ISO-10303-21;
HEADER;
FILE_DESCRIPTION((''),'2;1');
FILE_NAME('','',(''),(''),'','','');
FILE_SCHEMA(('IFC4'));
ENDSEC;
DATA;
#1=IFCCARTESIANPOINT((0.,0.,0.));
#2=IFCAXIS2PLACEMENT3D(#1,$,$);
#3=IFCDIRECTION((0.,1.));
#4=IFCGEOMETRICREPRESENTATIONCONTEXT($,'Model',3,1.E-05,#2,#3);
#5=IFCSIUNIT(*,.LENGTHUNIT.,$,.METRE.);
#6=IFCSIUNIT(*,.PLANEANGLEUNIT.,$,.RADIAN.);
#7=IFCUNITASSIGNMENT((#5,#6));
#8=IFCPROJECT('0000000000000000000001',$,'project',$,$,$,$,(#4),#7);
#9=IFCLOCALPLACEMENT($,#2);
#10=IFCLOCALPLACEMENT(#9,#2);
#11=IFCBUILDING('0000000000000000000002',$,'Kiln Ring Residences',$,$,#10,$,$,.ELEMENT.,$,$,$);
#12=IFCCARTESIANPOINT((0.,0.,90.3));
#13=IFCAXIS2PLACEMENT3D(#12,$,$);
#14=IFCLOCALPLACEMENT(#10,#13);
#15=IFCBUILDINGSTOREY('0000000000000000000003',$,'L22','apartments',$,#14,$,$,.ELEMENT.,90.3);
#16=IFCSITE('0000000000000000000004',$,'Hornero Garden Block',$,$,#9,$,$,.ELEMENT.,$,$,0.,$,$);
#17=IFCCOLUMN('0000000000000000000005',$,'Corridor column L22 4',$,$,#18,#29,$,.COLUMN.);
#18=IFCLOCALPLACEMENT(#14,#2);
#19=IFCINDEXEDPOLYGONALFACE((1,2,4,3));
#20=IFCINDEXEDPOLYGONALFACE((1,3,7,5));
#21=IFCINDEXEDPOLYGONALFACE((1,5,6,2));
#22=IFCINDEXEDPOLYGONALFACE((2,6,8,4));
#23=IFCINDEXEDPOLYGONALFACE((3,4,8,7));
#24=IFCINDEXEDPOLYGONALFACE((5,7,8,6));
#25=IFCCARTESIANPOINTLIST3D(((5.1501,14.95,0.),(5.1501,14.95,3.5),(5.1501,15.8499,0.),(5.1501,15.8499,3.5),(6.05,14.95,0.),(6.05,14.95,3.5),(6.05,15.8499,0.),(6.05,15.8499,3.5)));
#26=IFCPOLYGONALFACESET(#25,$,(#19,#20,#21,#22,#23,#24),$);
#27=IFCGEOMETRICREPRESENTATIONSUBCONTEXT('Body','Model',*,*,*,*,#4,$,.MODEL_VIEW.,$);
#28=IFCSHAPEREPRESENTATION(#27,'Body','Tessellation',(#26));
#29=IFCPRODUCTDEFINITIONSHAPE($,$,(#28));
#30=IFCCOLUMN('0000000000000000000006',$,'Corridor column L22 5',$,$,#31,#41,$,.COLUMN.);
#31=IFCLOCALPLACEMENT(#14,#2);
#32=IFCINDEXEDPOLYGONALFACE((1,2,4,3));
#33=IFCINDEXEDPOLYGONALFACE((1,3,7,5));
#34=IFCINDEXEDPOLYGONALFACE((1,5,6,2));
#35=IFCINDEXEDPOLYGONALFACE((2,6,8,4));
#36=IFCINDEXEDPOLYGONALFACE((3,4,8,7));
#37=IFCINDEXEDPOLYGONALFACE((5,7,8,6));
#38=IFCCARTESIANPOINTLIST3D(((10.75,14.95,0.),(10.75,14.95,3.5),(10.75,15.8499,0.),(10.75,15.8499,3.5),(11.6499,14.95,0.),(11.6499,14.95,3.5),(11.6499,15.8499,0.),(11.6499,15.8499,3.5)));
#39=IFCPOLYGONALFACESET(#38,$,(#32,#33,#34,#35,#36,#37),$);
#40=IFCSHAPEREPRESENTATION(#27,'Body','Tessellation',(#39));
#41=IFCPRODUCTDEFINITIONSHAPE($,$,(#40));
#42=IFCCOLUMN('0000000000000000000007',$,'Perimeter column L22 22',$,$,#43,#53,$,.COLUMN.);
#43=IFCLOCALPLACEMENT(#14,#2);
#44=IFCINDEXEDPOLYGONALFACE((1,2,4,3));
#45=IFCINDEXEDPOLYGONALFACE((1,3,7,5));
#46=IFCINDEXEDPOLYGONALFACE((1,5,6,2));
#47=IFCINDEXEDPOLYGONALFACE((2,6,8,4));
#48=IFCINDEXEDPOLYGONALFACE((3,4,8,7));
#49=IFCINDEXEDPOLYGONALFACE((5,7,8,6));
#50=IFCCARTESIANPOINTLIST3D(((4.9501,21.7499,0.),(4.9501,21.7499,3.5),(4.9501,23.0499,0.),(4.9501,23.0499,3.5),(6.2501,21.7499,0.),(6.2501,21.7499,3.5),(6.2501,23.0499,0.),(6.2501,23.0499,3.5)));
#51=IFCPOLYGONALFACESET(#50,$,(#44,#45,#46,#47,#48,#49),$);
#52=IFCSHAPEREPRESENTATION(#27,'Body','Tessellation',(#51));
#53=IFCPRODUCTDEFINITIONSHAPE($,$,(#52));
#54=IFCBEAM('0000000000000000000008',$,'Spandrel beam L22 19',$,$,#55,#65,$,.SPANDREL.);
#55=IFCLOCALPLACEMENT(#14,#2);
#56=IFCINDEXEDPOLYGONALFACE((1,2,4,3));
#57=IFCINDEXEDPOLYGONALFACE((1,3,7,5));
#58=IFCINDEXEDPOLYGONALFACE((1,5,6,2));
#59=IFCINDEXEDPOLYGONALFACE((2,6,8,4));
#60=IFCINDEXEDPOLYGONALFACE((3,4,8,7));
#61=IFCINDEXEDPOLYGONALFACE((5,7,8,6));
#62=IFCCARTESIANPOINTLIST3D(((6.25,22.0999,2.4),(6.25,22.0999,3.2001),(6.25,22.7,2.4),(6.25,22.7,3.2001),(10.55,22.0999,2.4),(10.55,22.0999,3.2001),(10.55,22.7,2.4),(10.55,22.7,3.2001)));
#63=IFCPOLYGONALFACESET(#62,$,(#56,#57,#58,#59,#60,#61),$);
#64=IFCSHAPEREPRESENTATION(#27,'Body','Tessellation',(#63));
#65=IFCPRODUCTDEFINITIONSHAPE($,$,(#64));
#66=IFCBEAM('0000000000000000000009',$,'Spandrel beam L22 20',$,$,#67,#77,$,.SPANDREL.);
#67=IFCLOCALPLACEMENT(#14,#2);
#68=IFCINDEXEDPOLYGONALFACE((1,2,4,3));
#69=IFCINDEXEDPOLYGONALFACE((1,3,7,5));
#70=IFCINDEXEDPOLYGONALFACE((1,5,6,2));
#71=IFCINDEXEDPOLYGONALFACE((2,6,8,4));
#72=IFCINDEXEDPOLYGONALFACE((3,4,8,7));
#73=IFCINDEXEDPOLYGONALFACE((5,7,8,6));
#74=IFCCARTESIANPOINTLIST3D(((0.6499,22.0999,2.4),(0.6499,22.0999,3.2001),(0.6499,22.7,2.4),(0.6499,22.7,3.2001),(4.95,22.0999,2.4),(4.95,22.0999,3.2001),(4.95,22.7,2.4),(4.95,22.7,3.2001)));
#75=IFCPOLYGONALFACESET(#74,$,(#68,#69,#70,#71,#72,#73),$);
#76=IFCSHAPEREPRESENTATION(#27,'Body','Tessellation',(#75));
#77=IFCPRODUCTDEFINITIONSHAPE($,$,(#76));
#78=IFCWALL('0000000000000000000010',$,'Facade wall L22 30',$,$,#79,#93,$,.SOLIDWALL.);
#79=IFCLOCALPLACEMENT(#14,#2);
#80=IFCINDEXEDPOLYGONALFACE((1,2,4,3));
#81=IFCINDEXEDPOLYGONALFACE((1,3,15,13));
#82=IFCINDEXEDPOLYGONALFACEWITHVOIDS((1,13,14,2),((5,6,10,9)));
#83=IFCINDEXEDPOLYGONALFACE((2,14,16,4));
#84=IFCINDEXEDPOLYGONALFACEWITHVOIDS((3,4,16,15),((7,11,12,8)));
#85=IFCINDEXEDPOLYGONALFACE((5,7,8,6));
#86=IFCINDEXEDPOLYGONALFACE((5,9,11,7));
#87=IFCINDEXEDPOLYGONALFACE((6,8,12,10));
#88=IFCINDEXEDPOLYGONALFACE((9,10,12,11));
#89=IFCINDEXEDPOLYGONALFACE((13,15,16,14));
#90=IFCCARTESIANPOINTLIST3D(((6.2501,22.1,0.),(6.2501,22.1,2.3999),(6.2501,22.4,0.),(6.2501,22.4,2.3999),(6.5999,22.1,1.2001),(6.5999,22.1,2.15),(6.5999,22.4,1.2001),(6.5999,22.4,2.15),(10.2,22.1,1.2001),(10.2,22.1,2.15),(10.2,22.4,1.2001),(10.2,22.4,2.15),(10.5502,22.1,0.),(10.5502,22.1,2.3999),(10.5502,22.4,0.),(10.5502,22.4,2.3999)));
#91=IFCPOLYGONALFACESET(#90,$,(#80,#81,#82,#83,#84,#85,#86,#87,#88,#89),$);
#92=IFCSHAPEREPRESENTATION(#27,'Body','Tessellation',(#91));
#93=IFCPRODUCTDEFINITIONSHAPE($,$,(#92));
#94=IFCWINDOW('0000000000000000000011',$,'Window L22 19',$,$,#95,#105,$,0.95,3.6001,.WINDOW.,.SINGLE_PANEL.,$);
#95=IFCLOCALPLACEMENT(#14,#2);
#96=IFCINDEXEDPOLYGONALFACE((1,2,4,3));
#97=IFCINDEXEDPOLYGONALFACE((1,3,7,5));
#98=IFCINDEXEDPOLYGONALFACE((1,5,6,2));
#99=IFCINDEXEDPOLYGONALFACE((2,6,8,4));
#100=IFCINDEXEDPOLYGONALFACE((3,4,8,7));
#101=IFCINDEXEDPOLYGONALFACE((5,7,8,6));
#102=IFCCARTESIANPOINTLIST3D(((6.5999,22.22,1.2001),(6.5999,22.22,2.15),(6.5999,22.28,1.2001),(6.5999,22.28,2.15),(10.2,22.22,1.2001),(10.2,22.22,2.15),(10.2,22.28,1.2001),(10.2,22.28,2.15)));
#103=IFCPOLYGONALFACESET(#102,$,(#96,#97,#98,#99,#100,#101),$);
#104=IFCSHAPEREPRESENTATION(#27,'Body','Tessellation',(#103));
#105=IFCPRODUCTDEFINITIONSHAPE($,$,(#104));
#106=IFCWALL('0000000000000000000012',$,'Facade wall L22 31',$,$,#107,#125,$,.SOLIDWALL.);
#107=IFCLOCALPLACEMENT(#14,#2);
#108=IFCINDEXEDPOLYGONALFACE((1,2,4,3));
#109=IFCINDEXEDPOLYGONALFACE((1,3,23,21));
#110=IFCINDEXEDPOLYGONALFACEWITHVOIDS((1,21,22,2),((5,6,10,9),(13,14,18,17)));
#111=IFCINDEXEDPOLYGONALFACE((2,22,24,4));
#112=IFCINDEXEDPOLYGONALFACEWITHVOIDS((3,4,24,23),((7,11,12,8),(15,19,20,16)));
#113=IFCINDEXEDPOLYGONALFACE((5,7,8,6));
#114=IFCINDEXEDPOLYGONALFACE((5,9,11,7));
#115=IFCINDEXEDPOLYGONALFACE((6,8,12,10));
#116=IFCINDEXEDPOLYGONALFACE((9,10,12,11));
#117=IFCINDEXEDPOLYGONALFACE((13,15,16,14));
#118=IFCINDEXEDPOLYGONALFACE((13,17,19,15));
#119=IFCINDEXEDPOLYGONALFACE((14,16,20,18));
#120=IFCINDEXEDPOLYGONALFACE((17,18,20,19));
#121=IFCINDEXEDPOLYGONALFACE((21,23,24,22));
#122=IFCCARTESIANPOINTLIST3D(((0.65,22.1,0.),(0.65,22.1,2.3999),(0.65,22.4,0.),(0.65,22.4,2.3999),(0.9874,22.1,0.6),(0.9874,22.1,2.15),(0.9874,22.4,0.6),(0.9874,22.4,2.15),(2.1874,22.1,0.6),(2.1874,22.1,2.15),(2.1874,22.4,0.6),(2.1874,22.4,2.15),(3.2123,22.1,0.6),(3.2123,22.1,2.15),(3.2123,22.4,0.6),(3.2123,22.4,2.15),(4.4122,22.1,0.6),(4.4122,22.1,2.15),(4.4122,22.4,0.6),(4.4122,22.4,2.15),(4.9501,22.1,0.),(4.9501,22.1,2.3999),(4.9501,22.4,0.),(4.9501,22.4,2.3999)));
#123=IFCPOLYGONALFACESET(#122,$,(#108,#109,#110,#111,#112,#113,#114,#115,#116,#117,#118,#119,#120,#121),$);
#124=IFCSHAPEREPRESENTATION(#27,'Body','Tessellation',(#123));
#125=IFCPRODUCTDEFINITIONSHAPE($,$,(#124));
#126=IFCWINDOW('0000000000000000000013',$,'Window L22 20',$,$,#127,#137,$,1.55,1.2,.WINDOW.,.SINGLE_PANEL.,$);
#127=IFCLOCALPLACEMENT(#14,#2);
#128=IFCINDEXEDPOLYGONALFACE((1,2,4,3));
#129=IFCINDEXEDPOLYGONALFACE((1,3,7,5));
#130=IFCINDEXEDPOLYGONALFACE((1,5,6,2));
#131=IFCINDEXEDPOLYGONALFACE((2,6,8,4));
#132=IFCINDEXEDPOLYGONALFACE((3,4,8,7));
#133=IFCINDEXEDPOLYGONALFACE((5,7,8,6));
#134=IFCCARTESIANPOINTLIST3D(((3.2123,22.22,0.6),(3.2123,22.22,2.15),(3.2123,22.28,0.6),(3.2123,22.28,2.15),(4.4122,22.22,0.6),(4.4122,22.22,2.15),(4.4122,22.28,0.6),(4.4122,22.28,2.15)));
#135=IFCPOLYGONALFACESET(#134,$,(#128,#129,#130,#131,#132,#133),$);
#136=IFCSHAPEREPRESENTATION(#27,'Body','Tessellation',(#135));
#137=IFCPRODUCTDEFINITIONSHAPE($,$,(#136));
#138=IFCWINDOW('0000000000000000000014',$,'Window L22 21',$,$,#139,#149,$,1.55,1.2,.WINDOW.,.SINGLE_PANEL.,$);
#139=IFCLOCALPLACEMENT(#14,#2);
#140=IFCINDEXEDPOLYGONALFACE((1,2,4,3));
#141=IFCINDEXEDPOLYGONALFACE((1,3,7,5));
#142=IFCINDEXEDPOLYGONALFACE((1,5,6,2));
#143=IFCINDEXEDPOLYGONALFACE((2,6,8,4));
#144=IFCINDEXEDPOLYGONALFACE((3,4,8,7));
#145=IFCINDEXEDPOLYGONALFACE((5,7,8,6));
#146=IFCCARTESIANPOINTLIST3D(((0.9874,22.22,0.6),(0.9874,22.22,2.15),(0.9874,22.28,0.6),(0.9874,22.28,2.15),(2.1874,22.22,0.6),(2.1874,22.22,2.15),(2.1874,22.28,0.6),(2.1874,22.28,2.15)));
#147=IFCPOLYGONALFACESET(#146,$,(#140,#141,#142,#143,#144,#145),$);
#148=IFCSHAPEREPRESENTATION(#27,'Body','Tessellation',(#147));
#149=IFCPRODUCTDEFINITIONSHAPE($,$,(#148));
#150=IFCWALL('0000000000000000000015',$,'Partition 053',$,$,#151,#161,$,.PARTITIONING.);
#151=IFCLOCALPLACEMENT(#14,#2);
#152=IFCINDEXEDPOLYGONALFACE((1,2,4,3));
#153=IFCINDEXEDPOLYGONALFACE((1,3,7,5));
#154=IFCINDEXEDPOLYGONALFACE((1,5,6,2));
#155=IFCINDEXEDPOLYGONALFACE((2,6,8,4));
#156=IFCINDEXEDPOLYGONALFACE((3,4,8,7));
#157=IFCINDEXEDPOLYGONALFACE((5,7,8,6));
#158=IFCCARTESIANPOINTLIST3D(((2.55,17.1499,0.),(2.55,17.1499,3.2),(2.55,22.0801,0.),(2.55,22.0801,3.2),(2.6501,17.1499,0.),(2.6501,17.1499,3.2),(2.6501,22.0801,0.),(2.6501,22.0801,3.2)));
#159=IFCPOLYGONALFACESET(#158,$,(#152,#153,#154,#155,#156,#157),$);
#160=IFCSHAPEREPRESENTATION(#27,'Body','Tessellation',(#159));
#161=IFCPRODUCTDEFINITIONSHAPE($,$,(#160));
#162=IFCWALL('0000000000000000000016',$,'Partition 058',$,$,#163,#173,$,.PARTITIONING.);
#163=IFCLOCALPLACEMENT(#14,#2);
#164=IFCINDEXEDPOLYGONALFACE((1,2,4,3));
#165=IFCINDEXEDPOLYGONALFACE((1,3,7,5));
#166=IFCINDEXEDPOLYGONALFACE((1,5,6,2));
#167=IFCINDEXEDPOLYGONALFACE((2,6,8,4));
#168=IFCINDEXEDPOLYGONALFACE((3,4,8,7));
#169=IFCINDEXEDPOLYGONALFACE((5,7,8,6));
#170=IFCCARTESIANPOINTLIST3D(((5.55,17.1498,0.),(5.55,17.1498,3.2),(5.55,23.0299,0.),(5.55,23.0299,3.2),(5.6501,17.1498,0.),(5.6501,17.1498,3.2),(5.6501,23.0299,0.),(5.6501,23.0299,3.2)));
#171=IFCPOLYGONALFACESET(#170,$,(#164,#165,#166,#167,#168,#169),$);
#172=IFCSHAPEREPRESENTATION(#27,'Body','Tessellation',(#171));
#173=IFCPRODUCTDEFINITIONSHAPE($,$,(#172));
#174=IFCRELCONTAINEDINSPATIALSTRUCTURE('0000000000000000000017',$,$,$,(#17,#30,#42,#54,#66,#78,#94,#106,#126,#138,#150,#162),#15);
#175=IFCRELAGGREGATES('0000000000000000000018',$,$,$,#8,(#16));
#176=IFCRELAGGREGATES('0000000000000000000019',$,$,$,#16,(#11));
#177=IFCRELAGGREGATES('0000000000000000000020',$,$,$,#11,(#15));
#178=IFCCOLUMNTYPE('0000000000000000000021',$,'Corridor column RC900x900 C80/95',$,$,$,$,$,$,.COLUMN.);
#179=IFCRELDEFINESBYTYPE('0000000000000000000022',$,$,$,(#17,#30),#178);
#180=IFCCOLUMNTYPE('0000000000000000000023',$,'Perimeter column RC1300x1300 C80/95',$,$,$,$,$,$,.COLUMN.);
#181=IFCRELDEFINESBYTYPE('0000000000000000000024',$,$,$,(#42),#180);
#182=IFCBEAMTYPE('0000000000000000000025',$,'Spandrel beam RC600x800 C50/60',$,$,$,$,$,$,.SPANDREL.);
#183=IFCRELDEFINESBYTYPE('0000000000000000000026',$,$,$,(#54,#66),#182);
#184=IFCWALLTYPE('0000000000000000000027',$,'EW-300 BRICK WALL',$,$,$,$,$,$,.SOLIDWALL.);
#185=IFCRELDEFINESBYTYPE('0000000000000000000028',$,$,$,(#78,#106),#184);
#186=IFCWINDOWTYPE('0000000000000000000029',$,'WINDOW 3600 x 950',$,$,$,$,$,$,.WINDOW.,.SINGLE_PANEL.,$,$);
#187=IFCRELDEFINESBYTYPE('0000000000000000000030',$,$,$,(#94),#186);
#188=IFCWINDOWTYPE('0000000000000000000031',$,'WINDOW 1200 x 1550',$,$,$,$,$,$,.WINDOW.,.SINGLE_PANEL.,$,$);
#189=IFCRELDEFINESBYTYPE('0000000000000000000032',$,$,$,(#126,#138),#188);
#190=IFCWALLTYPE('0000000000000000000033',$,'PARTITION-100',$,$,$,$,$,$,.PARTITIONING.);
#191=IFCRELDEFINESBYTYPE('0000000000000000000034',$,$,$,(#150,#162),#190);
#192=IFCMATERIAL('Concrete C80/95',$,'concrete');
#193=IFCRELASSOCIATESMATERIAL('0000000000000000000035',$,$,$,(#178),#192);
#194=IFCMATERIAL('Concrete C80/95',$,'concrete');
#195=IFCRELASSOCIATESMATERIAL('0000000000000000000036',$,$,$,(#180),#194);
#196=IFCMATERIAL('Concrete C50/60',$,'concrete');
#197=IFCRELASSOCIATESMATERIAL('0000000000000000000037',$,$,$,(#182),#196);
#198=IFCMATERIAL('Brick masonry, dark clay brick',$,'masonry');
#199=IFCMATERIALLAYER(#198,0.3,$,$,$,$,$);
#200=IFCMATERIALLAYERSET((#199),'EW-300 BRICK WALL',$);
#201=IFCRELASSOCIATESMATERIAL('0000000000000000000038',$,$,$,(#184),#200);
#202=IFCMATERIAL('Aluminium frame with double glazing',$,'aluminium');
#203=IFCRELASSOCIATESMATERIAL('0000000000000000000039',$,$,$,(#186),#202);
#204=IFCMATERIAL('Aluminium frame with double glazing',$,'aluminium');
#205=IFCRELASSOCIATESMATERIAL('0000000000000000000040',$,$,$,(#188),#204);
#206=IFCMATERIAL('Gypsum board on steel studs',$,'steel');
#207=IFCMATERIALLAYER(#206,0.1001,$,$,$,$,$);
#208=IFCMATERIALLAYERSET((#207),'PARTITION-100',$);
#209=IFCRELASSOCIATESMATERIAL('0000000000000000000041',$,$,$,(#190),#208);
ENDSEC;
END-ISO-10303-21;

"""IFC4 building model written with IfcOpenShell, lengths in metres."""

from ifc_helpers import new_model, si_unit, direction, frame, frame_2d, origin, origin_2d, place, context, subcontext, project, spatial, rectangle, extrude, material, layer, layer_set, material_profile, profile_set, type_object, element, fill, save


model = new_model("IFC4")

# Units and contexts
model_context = context("Model", 3, precision=1e-05, world=origin(), true_north=direction((0.0, 1.0)))
body_context = subcontext(model_context, "Body", "Model", "MODEL_VIEW")
ifc_project = project(units=[si_unit("LENGTHUNIT", "METRE"), si_unit("PLANEANGLEUNIT", "RADIAN")], contexts=[model_context])

# Site, building, storey
site_placement = place(None, origin())
site = spatial("IfcSite", under=ifc_project, at=site_placement, Name="Hornero Garden Block", CompositionType="ELEMENT", RefElevation=0.0)
building_placement = place(site_placement, origin())
building = spatial("IfcBuilding", under=site, at=building_placement, Name="Kiln Ring Residences", CompositionType="ELEMENT")
storey_placement = place(building_placement, frame((0.0, 0.0, 90.3)))
storey = spatial("IfcBuildingStorey", under=building, at=storey_placement, Name="L22", Description="apartments", CompositionType="ELEMENT", Elevation=90.3)

# Columns
ifc_material_1 = material(Name="Concrete C80/95", Category="concrete")
ifc_material_profile_1 = material_profile(ifc_material_1, rectangle(XDim=0.8999, YDim=0.8999, at=origin_2d()), Name="RC900x900")
ifc_profile_set_1 = profile_set([ifc_material_profile_1], Name="Concrete C80/95")
column_type_1 = type_object("IfcColumnType", Name="Corridor column RC900x900 C80/95", PredefinedType="COLUMN", material=ifc_profile_set_1)
for number, where, z_axis, x_axis, name in (
    (1, (5.6001, 15.3999, 0.0), (0.0, 0.0, 1.0), (1.0, 0.0, 0.0), "Corridor column L22 4"),
    (2, (11.2, 15.3999, 0.0), (0.0, 0.0, 1.0), (1.0, 0.0, 0.0), "Corridor column L22 5"),
):
    element("IfcColumn", number, at=place(storey_placement, frame(where, z_axis=z_axis, x_axis=x_axis)), inside=storey, type_object=column_type_1, Name=name, PredefinedType="COLUMN", context=body_context, shape_type="SweptSolid", body=[
        extrude(rectangle(XDim=0.8999, YDim=0.8999, at=origin_2d()), origin(), (0.0, 0.0, 1.0), 3.5),
    ])
ifc_material_2 = material(Name="Concrete C80/95", Category="concrete")
ifc_material_profile_2 = material_profile(ifc_material_2, rectangle(XDim=1.3, YDim=1.3, at=origin_2d()), Name="RC1300x1300")
ifc_profile_set_2 = profile_set([ifc_material_profile_2], Name="Concrete C80/95")
column_type_2 = type_object("IfcColumnType", Name="Perimeter column RC1300x1300 C80/95", PredefinedType="COLUMN", material=ifc_profile_set_2)
column_placement = place(storey_placement, frame((5.6001, 22.3999, 0.0), z_axis=(0.0, 0.0, 1.0), x_axis=(1.0, 0.0, 0.0)))
element("IfcColumn", 3, at=column_placement, inside=storey, type_object=column_type_2, Name="Perimeter column L22 22", PredefinedType="COLUMN", context=body_context, shape_type="SweptSolid", body=[
    extrude(rectangle(XDim=1.3, YDim=1.3, at=origin_2d()), origin(), (0.0, 0.0, 1.0), 3.5),
])

# Beams
ifc_material_3 = material(Name="Concrete C50/60", Category="concrete")
ifc_material_profile_3 = material_profile(ifc_material_3, rectangle(XDim=0.6001, YDim=0.8, at=origin_2d()), Name="RC600x800")
ifc_profile_set_3 = profile_set([ifc_material_profile_3], Name="Concrete C50/60")
beam_type = type_object("IfcBeamType", Name="Spandrel beam RC600x800 C50/60", PredefinedType="SPANDREL", material=ifc_profile_set_3)
for number, where, z_axis, x_axis, name in (
    (4, (10.55, 22.3999, 2.8), (-1.0, 0.0, 0.0), (0.0, -1.0, 0.0), "Spandrel beam L22 19"),
    (5, (4.95, 22.3999, 2.8), (-1.0, 0.0, 0.0), (0.0, -1.0, 0.0), "Spandrel beam L22 20"),
):
    element("IfcBeam", number, at=place(storey_placement, frame(where, z_axis=z_axis, x_axis=x_axis)), inside=storey, type_object=beam_type, Name=name, PredefinedType="SPANDREL", context=body_context, shape_type="SweptSolid", body=[
        extrude(rectangle(XDim=0.6001, YDim=0.8, at=origin_2d()), origin(), (0.0, 0.0, 1.0), 4.3),
    ])

# Wall, opening, window
ifc_material_4 = material(Name="Brick masonry, dark clay brick", Category="masonry")
ifc_layer_1 = layer(ifc_material_4, 0.3)
ifc_layer_set_1 = layer_set([ifc_layer_1], Name="EW-300 BRICK WALL")
wall_type_1 = type_object("IfcWallType", Name="EW-300 BRICK WALL", PredefinedType="SOLIDWALL", material=ifc_layer_set_1)
wall_1_placement = place(storey_placement, frame((10.55, 22.25, 0.0), z_axis=(0.0, 0.0, 1.0), x_axis=(-1.0, 0.0, 0.0)))
wall_1 = element("IfcWall", 6, at=wall_1_placement, inside=storey, type_object=wall_type_1, Name="Facade wall L22 30", PredefinedType="SOLIDWALL", context=body_context, shape_type="SweptSolid", body=[
    extrude(rectangle(XDim=4.3, YDim=0.3, at=frame_2d((2.1499, 0.0))), origin(), (0.0, 0.0, 1.0), 2.3999),
])
opening_1_placement = place(wall_1_placement, frame((0.3501, 0.0, 1.2)))
opening_1 = element("IfcOpeningElement", 7, at=opening_1_placement, cuts=wall_1, PredefinedType="OPENING", context=body_context, shape_type="SweptSolid", body=[
    extrude(rectangle(XDim=3.6001, YDim=0.95, at=frame_2d((1.8, 0.4751))), frame((0.0, 0.1599, 0.0), z_axis=(0.0, -1.0, 0.0), x_axis=(1.0, 0.0, 0.0)), (0.0, 0.0, 1.0), 0.3201),
])
ifc_material_5 = material(Name="Aluminium frame with double glazing", Category="aluminium")
window_type_1 = type_object("IfcWindowType", Name="WINDOW 3600 x 950", PartitioningType="SINGLE_PANEL", PredefinedType="WINDOW", material=ifc_material_5)
window_1_placement = place(opening_1_placement, origin())
window_1 = element("IfcWindow", 8, at=window_1_placement, inside=storey, type_object=window_type_1, Name="Window L22 19", OverallHeight=0.95, OverallWidth=3.6001, PartitioningType="SINGLE_PANEL", PredefinedType="WINDOW", context=body_context, shape_type="SweptSolid", body=[
    extrude(rectangle(XDim=3.6001, YDim=0.95, at=frame_2d((1.8, 0.4751))), frame((0.0, 0.03, 0.0), z_axis=(0.0, -1.0, 0.0), x_axis=(1.0, 0.0, 0.0)), (0.0, 0.0, 1.0), 0.0601),
])
fill(opening_1, window_1)

# Wall, openings, windows
wall_2_placement = place(storey_placement, frame((4.95, 22.25, 0.0), z_axis=(0.0, 0.0, 1.0), x_axis=(-1.0, 0.0, 0.0)))
wall_2 = element("IfcWall", 9, at=wall_2_placement, inside=storey, type_object=wall_type_1, Name="Facade wall L22 31", PredefinedType="SOLIDWALL", context=body_context, shape_type="SweptSolid", body=[
    extrude(rectangle(XDim=4.3, YDim=0.3, at=frame_2d((2.1499, 0.0))), origin(), (0.0, 0.0, 1.0), 2.3999),
])
opening_2_placement = place(wall_2_placement, frame((0.5376, 0.0, 0.6001)))
opening_2 = element("IfcOpeningElement", 10, at=opening_2_placement, cuts=wall_2, PredefinedType="OPENING", context=body_context, shape_type="SweptSolid", body=[
    extrude(rectangle(XDim=1.2, YDim=1.55, at=frame_2d((0.6001, 0.7749))), frame((0.0, 0.1599, 0.0), z_axis=(0.0, -1.0, 0.0), x_axis=(1.0, 0.0, 0.0)), (0.0, 0.0, 1.0), 0.3201),
])
opening_3_placement = place(wall_2_placement, frame((2.7625, 0.0, 0.6001)))
opening_3 = element("IfcOpeningElement", 11, at=opening_3_placement, cuts=wall_2, PredefinedType="OPENING", context=body_context, shape_type="SweptSolid", body=[
    extrude(rectangle(XDim=1.2, YDim=1.55, at=frame_2d((0.6001, 0.7749))), frame((0.0, 0.1599, 0.0), z_axis=(0.0, -1.0, 0.0), x_axis=(1.0, 0.0, 0.0)), (0.0, 0.0, 1.0), 0.3201),
])
ifc_material_6 = material(Name="Aluminium frame with double glazing", Category="aluminium")
window_type_2 = type_object("IfcWindowType", Name="WINDOW 1200 x 1550", PartitioningType="SINGLE_PANEL", PredefinedType="WINDOW", material=ifc_material_6)
window_2_placement = place(opening_2_placement, origin())
window_2 = element("IfcWindow", 12, at=window_2_placement, inside=storey, type_object=window_type_2, Name="Window L22 20", OverallHeight=1.55, OverallWidth=1.2, PartitioningType="SINGLE_PANEL", PredefinedType="WINDOW", context=body_context, shape_type="SweptSolid", body=[
    extrude(rectangle(XDim=1.2, YDim=1.55, at=frame_2d((0.6001, 0.7749))), frame((0.0, 0.03, 0.0), z_axis=(0.0, -1.0, 0.0), x_axis=(1.0, 0.0, 0.0)), (0.0, 0.0, 1.0), 0.0601),
])
fill(opening_2, window_2)
window_3_placement = place(opening_3_placement, origin())
window_3 = element("IfcWindow", 13, at=window_3_placement, inside=storey, type_object=window_type_2, Name="Window L22 21", OverallHeight=1.55, OverallWidth=1.2, PartitioningType="SINGLE_PANEL", PredefinedType="WINDOW", context=body_context, shape_type="SweptSolid", body=[
    extrude(rectangle(XDim=1.2, YDim=1.55, at=frame_2d((0.6001, 0.7749))), frame((0.0, 0.03, 0.0), z_axis=(0.0, -1.0, 0.0), x_axis=(1.0, 0.0, 0.0)), (0.0, 0.0, 1.0), 0.0601),
])
fill(opening_3, window_3)

# Walls
ifc_material_7 = material(Name="Gypsum board on steel studs", Category="steel")
ifc_layer_2 = layer(ifc_material_7, 0.1001)
ifc_layer_set_2 = layer_set([ifc_layer_2], Name="PARTITION-100")
wall_type_2 = type_object("IfcWallType", Name="PARTITION-100", PredefinedType="PARTITIONING", material=ifc_layer_set_2)
wall_3_placement = place(storey_placement, frame((2.6001, 17.1499, 0.0), z_axis=(0.0, 0.0, 1.0), x_axis=(0.0, 1.0, 0.0)))
element("IfcWall", 14, at=wall_3_placement, inside=storey, type_object=wall_type_2, Name="Partition 053", PredefinedType="PARTITIONING", context=body_context, shape_type="SweptSolid", body=[
    extrude(rectangle(XDim=4.9302, YDim=0.1001, at=frame_2d((2.4651, 0.0))), origin(), (0.0, 0.0, 1.0), 3.2),
])
wall_4_placement = place(storey_placement, frame((5.6001, 17.1499, 0.0), z_axis=(0.0, 0.0, 1.0), x_axis=(0.0, 1.0, 0.0)))
element("IfcWall", 15, at=wall_4_placement, inside=storey, type_object=wall_type_2, Name="Partition 058", PredefinedType="PARTITIONING", context=body_context, shape_type="SweptSolid", body=[
    extrude(rectangle(XDim=5.8801, YDim=0.1001, at=frame_2d((2.9399, 0.0))), origin(), (0.0, 0.0, 1.0), 3.2),
])

save(model, "model.ifc")
